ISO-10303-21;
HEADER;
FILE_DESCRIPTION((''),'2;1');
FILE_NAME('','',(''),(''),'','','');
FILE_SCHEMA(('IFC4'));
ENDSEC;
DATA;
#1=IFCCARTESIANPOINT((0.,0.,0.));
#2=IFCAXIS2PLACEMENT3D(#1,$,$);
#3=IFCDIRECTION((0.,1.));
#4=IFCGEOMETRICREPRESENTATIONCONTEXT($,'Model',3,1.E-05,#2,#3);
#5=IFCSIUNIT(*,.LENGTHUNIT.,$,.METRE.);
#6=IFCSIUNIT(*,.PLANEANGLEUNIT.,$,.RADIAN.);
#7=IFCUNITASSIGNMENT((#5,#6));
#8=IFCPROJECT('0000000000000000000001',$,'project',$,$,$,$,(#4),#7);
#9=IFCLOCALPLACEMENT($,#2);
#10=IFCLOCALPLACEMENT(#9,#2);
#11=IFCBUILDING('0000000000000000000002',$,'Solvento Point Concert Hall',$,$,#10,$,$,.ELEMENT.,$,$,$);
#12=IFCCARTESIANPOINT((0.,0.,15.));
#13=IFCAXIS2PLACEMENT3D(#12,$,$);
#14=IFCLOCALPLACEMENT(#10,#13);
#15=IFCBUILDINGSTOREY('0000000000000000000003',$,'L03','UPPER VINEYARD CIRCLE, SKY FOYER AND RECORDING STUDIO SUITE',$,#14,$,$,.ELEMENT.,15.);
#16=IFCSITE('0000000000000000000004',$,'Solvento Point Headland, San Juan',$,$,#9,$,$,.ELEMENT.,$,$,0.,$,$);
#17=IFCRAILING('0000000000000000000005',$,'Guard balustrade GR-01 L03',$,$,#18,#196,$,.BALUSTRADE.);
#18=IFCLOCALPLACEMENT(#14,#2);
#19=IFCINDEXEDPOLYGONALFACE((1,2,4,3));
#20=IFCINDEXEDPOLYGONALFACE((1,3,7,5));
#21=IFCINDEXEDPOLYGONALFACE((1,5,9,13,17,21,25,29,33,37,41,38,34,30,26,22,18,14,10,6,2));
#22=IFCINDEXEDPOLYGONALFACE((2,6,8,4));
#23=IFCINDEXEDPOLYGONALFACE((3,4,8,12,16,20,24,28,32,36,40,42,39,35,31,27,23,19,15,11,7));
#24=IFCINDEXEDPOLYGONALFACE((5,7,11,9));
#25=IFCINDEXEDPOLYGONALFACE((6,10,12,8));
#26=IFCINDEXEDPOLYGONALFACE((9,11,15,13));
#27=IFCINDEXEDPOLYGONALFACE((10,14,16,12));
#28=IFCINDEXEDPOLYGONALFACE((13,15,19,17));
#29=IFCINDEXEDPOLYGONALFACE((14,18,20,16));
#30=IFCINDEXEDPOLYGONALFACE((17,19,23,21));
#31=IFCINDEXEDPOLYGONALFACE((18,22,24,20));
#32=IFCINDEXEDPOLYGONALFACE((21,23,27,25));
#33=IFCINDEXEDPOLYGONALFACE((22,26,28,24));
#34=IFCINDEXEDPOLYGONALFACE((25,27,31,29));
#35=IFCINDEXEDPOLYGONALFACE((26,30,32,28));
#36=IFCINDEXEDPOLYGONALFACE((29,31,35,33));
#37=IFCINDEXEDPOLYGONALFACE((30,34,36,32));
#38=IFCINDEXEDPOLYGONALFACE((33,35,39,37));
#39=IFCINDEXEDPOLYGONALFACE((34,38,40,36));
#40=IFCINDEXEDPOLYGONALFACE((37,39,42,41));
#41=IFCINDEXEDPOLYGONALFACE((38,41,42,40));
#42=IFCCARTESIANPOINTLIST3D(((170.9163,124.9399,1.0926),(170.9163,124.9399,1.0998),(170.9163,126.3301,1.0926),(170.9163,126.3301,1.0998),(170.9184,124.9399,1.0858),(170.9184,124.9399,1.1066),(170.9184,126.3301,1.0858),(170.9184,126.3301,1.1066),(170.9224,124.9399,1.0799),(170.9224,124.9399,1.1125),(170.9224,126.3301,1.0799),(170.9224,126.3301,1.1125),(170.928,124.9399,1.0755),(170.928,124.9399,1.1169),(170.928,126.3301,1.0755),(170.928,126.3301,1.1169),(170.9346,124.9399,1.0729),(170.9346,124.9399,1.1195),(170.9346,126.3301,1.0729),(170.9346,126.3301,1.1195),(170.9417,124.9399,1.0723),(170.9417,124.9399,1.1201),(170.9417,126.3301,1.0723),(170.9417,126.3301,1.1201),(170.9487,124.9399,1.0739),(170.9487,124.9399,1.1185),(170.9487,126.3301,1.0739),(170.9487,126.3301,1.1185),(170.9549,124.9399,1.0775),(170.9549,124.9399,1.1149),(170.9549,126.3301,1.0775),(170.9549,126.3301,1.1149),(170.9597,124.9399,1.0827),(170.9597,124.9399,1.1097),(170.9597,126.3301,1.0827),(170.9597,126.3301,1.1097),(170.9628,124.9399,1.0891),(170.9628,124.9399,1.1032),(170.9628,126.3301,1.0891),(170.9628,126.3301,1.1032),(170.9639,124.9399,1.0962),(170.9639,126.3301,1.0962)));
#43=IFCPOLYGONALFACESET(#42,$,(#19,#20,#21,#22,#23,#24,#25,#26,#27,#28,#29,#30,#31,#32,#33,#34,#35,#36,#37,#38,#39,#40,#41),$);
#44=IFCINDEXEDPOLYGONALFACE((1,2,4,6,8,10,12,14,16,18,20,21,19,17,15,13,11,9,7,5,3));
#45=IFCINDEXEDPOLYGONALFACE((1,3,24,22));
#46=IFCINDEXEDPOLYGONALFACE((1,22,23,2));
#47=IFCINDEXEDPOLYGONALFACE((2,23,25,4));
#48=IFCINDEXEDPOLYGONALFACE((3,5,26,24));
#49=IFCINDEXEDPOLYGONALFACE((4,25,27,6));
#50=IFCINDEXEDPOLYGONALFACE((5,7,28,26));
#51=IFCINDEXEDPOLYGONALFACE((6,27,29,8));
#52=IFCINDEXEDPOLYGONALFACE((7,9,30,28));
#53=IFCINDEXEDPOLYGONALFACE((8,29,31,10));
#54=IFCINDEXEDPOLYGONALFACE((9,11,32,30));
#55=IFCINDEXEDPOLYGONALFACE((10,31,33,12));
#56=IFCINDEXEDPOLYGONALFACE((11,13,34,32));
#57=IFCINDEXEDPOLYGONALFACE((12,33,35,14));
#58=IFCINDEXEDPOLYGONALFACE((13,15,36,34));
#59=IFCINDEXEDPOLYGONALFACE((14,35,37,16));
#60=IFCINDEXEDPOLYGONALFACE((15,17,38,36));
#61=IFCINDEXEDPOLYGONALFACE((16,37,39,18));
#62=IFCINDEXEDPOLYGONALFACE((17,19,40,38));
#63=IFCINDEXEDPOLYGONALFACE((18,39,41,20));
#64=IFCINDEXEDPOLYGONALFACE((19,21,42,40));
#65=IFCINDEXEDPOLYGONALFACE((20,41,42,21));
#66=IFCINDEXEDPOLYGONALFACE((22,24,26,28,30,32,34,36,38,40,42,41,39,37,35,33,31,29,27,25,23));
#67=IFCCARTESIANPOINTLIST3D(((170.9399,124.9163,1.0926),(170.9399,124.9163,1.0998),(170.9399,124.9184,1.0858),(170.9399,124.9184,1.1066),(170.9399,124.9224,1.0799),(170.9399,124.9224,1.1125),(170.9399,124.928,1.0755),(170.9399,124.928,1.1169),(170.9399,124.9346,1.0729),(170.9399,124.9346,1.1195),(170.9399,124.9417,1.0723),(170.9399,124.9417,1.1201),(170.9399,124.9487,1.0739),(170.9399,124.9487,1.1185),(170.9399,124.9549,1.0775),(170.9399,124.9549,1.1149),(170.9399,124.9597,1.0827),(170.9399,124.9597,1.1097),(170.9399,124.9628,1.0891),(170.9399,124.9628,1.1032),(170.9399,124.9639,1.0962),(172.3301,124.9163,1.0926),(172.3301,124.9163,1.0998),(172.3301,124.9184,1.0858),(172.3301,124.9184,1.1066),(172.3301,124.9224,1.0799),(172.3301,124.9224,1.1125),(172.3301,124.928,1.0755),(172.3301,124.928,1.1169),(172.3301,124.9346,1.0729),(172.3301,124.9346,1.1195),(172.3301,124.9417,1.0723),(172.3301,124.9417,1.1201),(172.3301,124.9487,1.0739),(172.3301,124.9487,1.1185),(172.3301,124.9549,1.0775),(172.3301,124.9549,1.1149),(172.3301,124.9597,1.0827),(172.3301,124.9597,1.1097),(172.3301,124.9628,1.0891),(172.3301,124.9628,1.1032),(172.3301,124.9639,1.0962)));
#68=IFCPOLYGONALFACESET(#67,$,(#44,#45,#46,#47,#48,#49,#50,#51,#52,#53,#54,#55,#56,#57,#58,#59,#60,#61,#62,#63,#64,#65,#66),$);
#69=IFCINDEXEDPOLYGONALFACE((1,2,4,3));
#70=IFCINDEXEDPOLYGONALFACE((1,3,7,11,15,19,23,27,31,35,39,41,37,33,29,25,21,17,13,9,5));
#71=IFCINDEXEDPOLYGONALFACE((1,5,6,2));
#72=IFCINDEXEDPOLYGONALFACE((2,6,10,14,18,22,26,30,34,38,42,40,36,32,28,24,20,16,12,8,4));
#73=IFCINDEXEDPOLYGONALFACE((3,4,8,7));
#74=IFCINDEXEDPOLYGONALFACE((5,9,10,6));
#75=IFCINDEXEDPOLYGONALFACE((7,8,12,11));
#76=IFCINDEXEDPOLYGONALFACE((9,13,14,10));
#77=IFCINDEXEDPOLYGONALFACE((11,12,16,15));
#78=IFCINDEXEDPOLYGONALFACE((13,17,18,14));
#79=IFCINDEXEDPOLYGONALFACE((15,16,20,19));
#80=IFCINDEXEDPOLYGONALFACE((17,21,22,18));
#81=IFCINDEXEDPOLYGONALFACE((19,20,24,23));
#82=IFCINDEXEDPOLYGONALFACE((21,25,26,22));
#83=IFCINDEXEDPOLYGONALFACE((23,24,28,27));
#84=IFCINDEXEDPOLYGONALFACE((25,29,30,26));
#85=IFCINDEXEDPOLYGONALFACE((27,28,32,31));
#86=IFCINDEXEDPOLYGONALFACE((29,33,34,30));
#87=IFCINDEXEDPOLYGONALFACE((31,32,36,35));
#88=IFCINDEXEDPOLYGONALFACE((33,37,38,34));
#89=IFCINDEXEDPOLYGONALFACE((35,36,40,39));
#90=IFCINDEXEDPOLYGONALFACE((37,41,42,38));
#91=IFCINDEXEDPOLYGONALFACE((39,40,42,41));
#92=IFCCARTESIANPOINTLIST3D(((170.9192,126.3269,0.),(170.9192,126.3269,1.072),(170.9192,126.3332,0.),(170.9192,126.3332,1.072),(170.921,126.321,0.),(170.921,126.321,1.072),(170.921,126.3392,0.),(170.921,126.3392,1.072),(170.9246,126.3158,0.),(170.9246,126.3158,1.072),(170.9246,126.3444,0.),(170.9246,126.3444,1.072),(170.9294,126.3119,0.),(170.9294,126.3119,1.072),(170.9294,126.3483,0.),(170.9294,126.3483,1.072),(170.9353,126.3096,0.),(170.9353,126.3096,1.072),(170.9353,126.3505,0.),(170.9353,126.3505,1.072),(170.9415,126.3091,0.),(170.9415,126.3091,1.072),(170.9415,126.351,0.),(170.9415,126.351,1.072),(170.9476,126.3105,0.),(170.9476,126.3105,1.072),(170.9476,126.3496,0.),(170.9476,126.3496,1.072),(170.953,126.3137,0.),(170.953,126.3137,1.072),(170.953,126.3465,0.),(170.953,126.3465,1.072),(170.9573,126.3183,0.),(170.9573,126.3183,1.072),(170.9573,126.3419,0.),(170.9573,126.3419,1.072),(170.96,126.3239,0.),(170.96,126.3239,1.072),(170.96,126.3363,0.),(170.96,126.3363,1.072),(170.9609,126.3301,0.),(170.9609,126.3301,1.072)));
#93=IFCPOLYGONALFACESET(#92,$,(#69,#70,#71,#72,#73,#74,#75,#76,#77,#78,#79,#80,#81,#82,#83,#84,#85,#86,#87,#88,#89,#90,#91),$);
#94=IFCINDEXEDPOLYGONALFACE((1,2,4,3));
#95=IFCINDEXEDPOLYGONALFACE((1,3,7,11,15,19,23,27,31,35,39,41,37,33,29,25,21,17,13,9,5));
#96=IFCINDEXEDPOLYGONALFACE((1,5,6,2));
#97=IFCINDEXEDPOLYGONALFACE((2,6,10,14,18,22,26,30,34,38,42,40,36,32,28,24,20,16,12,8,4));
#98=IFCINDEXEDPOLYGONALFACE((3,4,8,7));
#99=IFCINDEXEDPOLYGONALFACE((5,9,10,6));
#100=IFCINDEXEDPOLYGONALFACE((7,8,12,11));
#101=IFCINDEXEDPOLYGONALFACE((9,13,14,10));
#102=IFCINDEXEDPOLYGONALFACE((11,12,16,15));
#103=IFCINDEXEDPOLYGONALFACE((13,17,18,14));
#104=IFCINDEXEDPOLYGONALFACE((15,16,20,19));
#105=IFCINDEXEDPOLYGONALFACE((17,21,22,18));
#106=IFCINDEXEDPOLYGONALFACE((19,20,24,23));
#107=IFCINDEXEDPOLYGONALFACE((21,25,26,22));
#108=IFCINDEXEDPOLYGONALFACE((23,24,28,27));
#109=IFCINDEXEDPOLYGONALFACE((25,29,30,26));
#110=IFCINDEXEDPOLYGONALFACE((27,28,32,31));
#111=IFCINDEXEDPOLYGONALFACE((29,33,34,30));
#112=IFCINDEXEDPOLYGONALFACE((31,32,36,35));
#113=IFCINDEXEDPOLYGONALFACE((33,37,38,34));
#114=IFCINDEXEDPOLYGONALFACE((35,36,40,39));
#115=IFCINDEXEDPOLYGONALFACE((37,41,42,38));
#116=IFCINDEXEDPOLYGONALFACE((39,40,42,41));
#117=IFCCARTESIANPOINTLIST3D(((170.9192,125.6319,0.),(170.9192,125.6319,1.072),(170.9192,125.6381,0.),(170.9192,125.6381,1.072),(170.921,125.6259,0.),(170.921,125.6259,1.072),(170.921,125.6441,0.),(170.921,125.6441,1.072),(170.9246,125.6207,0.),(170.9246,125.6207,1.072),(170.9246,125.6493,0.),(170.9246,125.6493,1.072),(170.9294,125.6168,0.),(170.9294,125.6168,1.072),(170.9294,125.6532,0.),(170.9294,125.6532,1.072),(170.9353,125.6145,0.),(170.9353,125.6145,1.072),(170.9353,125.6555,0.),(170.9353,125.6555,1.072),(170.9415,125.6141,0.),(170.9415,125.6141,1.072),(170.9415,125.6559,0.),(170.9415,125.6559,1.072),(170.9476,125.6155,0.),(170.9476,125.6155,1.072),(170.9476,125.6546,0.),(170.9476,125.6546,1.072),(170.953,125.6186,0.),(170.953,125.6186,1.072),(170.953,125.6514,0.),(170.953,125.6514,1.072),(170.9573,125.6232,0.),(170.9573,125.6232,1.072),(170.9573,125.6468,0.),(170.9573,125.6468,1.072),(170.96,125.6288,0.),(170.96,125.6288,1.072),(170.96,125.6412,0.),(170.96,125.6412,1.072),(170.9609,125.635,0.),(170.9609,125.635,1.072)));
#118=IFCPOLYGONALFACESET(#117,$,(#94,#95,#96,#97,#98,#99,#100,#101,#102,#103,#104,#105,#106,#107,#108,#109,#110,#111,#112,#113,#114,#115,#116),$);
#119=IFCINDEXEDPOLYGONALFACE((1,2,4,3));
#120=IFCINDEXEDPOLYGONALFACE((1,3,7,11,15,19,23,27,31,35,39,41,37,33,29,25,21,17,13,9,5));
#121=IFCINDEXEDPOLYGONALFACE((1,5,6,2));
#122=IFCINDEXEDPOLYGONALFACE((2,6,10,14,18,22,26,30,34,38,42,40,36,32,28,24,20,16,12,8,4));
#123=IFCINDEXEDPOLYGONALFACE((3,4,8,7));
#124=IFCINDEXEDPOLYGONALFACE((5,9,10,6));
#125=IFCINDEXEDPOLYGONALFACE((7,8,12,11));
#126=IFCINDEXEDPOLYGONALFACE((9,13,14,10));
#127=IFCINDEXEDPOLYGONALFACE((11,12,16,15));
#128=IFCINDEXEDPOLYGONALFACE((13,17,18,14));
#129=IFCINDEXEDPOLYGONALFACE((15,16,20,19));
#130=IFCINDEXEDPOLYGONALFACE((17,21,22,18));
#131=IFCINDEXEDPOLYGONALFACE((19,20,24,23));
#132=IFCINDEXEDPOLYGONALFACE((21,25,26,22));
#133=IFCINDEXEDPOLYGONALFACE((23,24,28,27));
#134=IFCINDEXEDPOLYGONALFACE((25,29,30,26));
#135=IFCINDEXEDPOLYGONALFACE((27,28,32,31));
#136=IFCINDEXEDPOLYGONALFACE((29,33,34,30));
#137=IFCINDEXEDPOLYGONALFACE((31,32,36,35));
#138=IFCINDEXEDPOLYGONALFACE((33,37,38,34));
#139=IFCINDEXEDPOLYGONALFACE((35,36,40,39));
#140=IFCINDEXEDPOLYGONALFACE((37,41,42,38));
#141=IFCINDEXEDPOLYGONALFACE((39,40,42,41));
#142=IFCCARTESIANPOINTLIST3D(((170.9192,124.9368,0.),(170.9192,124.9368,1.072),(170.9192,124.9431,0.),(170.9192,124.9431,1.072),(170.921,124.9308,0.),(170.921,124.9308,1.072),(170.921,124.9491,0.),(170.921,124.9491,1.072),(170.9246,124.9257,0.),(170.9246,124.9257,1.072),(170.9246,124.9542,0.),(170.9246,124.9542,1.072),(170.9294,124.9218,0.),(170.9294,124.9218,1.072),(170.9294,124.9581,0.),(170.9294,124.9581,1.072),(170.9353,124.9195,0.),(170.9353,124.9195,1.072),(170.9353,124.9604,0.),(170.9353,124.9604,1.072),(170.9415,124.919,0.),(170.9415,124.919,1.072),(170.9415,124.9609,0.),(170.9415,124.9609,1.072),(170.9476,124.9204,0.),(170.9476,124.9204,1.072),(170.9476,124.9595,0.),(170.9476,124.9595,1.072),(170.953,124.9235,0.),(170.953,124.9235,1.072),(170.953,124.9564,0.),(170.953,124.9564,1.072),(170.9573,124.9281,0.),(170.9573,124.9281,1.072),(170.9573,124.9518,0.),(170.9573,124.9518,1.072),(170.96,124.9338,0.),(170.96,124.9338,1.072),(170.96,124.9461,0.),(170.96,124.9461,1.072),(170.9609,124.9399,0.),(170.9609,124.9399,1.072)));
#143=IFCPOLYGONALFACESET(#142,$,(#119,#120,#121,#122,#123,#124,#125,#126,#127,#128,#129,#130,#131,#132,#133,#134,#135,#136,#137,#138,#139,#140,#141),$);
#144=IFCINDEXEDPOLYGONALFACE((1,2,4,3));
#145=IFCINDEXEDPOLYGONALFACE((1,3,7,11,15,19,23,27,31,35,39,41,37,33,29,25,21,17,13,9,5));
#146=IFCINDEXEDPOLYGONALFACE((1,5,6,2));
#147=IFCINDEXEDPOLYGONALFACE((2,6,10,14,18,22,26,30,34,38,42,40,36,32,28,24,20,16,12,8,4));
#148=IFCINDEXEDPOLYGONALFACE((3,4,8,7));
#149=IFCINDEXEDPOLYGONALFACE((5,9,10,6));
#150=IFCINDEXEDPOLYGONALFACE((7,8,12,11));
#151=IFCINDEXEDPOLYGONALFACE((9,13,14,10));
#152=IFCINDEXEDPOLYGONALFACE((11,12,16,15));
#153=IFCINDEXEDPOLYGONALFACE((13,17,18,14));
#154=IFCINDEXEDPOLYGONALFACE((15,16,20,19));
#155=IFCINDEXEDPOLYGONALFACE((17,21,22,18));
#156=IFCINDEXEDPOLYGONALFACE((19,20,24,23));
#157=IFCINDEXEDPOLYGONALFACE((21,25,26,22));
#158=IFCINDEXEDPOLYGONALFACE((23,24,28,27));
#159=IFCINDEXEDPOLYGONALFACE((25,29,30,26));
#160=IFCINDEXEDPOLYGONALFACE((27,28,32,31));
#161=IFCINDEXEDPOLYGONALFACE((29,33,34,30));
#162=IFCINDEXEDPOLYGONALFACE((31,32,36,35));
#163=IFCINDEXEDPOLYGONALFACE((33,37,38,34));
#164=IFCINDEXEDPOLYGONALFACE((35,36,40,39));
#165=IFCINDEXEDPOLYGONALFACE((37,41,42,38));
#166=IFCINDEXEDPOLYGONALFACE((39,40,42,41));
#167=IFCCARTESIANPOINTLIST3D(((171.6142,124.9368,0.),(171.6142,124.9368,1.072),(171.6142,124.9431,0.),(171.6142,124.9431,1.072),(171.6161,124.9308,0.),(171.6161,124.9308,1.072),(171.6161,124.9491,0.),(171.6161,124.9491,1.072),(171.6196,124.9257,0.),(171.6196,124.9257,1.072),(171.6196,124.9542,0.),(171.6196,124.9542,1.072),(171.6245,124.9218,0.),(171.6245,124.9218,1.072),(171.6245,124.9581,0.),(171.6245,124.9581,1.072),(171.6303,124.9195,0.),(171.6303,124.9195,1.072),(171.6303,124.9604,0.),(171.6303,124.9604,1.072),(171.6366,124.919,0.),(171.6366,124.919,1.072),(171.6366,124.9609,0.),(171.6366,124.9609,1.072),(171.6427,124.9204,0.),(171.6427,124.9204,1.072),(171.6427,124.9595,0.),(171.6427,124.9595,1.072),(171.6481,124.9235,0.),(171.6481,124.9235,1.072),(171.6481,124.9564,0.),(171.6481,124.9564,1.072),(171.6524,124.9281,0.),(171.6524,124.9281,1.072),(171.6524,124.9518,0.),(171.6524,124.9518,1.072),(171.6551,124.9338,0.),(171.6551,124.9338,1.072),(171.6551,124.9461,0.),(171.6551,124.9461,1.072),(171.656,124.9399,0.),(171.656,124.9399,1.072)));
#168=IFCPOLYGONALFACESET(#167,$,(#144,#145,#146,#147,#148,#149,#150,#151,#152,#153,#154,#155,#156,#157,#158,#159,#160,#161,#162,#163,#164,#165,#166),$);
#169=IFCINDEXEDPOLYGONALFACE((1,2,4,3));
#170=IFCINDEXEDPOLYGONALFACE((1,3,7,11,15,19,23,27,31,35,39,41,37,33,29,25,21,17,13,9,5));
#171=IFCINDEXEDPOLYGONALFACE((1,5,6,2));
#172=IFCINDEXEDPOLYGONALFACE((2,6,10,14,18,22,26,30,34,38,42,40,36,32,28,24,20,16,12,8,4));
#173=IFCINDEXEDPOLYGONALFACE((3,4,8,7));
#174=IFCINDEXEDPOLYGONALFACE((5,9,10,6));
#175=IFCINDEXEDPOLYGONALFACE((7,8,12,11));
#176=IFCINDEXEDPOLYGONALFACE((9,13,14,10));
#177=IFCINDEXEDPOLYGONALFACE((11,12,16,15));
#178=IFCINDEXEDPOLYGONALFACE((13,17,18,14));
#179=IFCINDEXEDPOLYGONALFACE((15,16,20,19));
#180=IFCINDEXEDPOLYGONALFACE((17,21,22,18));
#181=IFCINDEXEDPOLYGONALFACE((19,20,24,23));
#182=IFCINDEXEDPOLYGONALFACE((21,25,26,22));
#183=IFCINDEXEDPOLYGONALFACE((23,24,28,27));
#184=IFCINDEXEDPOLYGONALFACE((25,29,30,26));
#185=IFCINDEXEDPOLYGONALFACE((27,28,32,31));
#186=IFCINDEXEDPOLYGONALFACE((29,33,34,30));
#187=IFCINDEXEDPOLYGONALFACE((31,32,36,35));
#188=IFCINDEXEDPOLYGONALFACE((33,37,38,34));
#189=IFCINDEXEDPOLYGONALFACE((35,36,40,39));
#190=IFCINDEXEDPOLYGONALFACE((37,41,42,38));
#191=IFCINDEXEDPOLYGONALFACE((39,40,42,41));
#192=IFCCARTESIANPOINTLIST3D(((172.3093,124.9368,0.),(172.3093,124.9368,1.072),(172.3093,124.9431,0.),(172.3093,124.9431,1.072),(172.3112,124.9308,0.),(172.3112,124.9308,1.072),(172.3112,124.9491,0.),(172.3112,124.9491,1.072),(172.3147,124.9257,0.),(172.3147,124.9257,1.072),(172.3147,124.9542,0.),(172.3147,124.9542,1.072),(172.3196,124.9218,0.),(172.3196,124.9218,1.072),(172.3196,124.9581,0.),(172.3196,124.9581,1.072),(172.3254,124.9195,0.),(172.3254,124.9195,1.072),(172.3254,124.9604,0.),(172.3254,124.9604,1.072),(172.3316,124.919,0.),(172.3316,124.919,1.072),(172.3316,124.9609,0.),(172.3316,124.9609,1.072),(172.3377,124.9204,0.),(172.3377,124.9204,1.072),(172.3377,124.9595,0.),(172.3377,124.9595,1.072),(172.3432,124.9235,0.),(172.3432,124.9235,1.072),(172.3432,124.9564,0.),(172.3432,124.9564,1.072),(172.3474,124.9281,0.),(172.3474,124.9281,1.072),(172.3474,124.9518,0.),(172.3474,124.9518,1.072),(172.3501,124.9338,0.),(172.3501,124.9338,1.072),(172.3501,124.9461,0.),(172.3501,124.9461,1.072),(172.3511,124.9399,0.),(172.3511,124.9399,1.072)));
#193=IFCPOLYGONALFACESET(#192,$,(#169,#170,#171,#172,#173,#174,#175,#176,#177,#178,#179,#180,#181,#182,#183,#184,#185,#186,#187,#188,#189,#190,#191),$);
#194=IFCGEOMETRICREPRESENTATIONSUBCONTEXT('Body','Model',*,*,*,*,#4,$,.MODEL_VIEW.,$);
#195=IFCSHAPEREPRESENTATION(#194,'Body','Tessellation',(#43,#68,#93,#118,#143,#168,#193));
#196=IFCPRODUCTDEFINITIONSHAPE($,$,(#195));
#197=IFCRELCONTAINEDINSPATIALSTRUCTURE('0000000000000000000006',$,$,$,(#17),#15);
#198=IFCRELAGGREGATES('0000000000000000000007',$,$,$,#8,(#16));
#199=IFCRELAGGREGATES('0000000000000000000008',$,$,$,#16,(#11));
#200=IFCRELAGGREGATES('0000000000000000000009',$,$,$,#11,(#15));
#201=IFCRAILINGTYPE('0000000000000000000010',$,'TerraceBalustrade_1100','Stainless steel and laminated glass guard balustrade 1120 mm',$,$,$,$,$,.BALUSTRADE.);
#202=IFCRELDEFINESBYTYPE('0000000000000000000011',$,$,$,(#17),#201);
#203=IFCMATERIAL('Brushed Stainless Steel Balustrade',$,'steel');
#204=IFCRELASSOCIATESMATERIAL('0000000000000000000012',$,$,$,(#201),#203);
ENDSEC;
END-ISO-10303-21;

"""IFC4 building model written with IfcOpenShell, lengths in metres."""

from ifc_helpers import new_model, si_unit, direction, frame, origin, origin_2d, place, context, subcontext, project, spatial, circle, extrude, material, type_object, element, save


model = new_model("IFC4")

# Units and contexts
model_context = context("Model", 3, precision=1e-05, world=origin(), true_north=direction((0.0, 1.0)))
body_context = subcontext(model_context, "Body", "Model", "MODEL_VIEW")
ifc_project = project(units=[si_unit("LENGTHUNIT", "METRE"), si_unit("PLANEANGLEUNIT", "RADIAN")], contexts=[model_context])

# Site, building, storey
site_placement = place(None, origin())
site = spatial("IfcSite", under=ifc_project, at=site_placement, Name="Solvento Point Headland, San Juan", CompositionType="ELEMENT", RefElevation=0.0)
building_placement = place(site_placement, origin())
building = spatial("IfcBuilding", under=site, at=building_placement, Name="Solvento Point Concert Hall", CompositionType="ELEMENT")
storey_placement = place(building_placement, frame((0.0, 0.0, 15.0)))
storey = spatial("IfcBuildingStorey", under=building, at=storey_placement, Name="L03", Description="UPPER VINEYARD CIRCLE, SKY FOYER AND RECORDING STUDIO SUITE", CompositionType="ELEMENT", Elevation=15.0)

# Railing
ifc_material_1 = material(Name="Brushed Stainless Steel Balustrade", Category="steel")
railing_type = type_object("IfcRailingType", Name="TerraceBalustrade_1100", Description="Stainless steel and laminated glass guard balustrade 1120 mm", PredefinedType="BALUSTRADE", material=ifc_material_1)
railing_1_placement = place(storey_placement, frame((170.9399, 126.3301, 0.0)))
element("IfcRailing", 1, at=railing_1_placement, inside=storey, type_object=railing_type, Name="Guard balustrade GR-01 L03", PredefinedType="BALUSTRADE", context=body_context, shape_type="SweptSolid", body=[
    extrude(circle(Radius=0.0239, at=origin_2d()), frame((0.0, 0.0, 1.0962), z_axis=(0.0, -1.0, 0.0), x_axis=(1.0, 0.0, 0.0)), (0.0, 0.0, 1.0), 1.3901),
    extrude(circle(Radius=0.0239, at=origin_2d()), frame((0.0, -1.3901, 1.0962), z_axis=(1.0, 0.0, 0.0), x_axis=(0.0, 1.0, 0.0)), (0.0, 0.0, 1.0), 1.3901),
    extrude(circle(Radius=0.021, at=origin_2d()), origin(), (0.0, 0.0, 1.0), 1.072),
    extrude(circle(Radius=0.021, at=origin_2d()), frame((0.0, -0.6951, 0.0)), (0.0, 0.0, 1.0), 1.072),
    extrude(circle(Radius=0.021, at=origin_2d()), frame((0.0, -1.3901, 0.0)), (0.0, 0.0, 1.0), 1.072),
    extrude(circle(Radius=0.021, at=origin_2d()), frame((0.6951, -1.3901, 0.0)), (0.0, 0.0, 1.0), 1.072),
    extrude(circle(Radius=0.021, at=origin_2d()), frame((1.3901, -1.3901, 0.0)), (0.0, 0.0, 1.0), 1.072),
])

save(model, "model.ifc")
